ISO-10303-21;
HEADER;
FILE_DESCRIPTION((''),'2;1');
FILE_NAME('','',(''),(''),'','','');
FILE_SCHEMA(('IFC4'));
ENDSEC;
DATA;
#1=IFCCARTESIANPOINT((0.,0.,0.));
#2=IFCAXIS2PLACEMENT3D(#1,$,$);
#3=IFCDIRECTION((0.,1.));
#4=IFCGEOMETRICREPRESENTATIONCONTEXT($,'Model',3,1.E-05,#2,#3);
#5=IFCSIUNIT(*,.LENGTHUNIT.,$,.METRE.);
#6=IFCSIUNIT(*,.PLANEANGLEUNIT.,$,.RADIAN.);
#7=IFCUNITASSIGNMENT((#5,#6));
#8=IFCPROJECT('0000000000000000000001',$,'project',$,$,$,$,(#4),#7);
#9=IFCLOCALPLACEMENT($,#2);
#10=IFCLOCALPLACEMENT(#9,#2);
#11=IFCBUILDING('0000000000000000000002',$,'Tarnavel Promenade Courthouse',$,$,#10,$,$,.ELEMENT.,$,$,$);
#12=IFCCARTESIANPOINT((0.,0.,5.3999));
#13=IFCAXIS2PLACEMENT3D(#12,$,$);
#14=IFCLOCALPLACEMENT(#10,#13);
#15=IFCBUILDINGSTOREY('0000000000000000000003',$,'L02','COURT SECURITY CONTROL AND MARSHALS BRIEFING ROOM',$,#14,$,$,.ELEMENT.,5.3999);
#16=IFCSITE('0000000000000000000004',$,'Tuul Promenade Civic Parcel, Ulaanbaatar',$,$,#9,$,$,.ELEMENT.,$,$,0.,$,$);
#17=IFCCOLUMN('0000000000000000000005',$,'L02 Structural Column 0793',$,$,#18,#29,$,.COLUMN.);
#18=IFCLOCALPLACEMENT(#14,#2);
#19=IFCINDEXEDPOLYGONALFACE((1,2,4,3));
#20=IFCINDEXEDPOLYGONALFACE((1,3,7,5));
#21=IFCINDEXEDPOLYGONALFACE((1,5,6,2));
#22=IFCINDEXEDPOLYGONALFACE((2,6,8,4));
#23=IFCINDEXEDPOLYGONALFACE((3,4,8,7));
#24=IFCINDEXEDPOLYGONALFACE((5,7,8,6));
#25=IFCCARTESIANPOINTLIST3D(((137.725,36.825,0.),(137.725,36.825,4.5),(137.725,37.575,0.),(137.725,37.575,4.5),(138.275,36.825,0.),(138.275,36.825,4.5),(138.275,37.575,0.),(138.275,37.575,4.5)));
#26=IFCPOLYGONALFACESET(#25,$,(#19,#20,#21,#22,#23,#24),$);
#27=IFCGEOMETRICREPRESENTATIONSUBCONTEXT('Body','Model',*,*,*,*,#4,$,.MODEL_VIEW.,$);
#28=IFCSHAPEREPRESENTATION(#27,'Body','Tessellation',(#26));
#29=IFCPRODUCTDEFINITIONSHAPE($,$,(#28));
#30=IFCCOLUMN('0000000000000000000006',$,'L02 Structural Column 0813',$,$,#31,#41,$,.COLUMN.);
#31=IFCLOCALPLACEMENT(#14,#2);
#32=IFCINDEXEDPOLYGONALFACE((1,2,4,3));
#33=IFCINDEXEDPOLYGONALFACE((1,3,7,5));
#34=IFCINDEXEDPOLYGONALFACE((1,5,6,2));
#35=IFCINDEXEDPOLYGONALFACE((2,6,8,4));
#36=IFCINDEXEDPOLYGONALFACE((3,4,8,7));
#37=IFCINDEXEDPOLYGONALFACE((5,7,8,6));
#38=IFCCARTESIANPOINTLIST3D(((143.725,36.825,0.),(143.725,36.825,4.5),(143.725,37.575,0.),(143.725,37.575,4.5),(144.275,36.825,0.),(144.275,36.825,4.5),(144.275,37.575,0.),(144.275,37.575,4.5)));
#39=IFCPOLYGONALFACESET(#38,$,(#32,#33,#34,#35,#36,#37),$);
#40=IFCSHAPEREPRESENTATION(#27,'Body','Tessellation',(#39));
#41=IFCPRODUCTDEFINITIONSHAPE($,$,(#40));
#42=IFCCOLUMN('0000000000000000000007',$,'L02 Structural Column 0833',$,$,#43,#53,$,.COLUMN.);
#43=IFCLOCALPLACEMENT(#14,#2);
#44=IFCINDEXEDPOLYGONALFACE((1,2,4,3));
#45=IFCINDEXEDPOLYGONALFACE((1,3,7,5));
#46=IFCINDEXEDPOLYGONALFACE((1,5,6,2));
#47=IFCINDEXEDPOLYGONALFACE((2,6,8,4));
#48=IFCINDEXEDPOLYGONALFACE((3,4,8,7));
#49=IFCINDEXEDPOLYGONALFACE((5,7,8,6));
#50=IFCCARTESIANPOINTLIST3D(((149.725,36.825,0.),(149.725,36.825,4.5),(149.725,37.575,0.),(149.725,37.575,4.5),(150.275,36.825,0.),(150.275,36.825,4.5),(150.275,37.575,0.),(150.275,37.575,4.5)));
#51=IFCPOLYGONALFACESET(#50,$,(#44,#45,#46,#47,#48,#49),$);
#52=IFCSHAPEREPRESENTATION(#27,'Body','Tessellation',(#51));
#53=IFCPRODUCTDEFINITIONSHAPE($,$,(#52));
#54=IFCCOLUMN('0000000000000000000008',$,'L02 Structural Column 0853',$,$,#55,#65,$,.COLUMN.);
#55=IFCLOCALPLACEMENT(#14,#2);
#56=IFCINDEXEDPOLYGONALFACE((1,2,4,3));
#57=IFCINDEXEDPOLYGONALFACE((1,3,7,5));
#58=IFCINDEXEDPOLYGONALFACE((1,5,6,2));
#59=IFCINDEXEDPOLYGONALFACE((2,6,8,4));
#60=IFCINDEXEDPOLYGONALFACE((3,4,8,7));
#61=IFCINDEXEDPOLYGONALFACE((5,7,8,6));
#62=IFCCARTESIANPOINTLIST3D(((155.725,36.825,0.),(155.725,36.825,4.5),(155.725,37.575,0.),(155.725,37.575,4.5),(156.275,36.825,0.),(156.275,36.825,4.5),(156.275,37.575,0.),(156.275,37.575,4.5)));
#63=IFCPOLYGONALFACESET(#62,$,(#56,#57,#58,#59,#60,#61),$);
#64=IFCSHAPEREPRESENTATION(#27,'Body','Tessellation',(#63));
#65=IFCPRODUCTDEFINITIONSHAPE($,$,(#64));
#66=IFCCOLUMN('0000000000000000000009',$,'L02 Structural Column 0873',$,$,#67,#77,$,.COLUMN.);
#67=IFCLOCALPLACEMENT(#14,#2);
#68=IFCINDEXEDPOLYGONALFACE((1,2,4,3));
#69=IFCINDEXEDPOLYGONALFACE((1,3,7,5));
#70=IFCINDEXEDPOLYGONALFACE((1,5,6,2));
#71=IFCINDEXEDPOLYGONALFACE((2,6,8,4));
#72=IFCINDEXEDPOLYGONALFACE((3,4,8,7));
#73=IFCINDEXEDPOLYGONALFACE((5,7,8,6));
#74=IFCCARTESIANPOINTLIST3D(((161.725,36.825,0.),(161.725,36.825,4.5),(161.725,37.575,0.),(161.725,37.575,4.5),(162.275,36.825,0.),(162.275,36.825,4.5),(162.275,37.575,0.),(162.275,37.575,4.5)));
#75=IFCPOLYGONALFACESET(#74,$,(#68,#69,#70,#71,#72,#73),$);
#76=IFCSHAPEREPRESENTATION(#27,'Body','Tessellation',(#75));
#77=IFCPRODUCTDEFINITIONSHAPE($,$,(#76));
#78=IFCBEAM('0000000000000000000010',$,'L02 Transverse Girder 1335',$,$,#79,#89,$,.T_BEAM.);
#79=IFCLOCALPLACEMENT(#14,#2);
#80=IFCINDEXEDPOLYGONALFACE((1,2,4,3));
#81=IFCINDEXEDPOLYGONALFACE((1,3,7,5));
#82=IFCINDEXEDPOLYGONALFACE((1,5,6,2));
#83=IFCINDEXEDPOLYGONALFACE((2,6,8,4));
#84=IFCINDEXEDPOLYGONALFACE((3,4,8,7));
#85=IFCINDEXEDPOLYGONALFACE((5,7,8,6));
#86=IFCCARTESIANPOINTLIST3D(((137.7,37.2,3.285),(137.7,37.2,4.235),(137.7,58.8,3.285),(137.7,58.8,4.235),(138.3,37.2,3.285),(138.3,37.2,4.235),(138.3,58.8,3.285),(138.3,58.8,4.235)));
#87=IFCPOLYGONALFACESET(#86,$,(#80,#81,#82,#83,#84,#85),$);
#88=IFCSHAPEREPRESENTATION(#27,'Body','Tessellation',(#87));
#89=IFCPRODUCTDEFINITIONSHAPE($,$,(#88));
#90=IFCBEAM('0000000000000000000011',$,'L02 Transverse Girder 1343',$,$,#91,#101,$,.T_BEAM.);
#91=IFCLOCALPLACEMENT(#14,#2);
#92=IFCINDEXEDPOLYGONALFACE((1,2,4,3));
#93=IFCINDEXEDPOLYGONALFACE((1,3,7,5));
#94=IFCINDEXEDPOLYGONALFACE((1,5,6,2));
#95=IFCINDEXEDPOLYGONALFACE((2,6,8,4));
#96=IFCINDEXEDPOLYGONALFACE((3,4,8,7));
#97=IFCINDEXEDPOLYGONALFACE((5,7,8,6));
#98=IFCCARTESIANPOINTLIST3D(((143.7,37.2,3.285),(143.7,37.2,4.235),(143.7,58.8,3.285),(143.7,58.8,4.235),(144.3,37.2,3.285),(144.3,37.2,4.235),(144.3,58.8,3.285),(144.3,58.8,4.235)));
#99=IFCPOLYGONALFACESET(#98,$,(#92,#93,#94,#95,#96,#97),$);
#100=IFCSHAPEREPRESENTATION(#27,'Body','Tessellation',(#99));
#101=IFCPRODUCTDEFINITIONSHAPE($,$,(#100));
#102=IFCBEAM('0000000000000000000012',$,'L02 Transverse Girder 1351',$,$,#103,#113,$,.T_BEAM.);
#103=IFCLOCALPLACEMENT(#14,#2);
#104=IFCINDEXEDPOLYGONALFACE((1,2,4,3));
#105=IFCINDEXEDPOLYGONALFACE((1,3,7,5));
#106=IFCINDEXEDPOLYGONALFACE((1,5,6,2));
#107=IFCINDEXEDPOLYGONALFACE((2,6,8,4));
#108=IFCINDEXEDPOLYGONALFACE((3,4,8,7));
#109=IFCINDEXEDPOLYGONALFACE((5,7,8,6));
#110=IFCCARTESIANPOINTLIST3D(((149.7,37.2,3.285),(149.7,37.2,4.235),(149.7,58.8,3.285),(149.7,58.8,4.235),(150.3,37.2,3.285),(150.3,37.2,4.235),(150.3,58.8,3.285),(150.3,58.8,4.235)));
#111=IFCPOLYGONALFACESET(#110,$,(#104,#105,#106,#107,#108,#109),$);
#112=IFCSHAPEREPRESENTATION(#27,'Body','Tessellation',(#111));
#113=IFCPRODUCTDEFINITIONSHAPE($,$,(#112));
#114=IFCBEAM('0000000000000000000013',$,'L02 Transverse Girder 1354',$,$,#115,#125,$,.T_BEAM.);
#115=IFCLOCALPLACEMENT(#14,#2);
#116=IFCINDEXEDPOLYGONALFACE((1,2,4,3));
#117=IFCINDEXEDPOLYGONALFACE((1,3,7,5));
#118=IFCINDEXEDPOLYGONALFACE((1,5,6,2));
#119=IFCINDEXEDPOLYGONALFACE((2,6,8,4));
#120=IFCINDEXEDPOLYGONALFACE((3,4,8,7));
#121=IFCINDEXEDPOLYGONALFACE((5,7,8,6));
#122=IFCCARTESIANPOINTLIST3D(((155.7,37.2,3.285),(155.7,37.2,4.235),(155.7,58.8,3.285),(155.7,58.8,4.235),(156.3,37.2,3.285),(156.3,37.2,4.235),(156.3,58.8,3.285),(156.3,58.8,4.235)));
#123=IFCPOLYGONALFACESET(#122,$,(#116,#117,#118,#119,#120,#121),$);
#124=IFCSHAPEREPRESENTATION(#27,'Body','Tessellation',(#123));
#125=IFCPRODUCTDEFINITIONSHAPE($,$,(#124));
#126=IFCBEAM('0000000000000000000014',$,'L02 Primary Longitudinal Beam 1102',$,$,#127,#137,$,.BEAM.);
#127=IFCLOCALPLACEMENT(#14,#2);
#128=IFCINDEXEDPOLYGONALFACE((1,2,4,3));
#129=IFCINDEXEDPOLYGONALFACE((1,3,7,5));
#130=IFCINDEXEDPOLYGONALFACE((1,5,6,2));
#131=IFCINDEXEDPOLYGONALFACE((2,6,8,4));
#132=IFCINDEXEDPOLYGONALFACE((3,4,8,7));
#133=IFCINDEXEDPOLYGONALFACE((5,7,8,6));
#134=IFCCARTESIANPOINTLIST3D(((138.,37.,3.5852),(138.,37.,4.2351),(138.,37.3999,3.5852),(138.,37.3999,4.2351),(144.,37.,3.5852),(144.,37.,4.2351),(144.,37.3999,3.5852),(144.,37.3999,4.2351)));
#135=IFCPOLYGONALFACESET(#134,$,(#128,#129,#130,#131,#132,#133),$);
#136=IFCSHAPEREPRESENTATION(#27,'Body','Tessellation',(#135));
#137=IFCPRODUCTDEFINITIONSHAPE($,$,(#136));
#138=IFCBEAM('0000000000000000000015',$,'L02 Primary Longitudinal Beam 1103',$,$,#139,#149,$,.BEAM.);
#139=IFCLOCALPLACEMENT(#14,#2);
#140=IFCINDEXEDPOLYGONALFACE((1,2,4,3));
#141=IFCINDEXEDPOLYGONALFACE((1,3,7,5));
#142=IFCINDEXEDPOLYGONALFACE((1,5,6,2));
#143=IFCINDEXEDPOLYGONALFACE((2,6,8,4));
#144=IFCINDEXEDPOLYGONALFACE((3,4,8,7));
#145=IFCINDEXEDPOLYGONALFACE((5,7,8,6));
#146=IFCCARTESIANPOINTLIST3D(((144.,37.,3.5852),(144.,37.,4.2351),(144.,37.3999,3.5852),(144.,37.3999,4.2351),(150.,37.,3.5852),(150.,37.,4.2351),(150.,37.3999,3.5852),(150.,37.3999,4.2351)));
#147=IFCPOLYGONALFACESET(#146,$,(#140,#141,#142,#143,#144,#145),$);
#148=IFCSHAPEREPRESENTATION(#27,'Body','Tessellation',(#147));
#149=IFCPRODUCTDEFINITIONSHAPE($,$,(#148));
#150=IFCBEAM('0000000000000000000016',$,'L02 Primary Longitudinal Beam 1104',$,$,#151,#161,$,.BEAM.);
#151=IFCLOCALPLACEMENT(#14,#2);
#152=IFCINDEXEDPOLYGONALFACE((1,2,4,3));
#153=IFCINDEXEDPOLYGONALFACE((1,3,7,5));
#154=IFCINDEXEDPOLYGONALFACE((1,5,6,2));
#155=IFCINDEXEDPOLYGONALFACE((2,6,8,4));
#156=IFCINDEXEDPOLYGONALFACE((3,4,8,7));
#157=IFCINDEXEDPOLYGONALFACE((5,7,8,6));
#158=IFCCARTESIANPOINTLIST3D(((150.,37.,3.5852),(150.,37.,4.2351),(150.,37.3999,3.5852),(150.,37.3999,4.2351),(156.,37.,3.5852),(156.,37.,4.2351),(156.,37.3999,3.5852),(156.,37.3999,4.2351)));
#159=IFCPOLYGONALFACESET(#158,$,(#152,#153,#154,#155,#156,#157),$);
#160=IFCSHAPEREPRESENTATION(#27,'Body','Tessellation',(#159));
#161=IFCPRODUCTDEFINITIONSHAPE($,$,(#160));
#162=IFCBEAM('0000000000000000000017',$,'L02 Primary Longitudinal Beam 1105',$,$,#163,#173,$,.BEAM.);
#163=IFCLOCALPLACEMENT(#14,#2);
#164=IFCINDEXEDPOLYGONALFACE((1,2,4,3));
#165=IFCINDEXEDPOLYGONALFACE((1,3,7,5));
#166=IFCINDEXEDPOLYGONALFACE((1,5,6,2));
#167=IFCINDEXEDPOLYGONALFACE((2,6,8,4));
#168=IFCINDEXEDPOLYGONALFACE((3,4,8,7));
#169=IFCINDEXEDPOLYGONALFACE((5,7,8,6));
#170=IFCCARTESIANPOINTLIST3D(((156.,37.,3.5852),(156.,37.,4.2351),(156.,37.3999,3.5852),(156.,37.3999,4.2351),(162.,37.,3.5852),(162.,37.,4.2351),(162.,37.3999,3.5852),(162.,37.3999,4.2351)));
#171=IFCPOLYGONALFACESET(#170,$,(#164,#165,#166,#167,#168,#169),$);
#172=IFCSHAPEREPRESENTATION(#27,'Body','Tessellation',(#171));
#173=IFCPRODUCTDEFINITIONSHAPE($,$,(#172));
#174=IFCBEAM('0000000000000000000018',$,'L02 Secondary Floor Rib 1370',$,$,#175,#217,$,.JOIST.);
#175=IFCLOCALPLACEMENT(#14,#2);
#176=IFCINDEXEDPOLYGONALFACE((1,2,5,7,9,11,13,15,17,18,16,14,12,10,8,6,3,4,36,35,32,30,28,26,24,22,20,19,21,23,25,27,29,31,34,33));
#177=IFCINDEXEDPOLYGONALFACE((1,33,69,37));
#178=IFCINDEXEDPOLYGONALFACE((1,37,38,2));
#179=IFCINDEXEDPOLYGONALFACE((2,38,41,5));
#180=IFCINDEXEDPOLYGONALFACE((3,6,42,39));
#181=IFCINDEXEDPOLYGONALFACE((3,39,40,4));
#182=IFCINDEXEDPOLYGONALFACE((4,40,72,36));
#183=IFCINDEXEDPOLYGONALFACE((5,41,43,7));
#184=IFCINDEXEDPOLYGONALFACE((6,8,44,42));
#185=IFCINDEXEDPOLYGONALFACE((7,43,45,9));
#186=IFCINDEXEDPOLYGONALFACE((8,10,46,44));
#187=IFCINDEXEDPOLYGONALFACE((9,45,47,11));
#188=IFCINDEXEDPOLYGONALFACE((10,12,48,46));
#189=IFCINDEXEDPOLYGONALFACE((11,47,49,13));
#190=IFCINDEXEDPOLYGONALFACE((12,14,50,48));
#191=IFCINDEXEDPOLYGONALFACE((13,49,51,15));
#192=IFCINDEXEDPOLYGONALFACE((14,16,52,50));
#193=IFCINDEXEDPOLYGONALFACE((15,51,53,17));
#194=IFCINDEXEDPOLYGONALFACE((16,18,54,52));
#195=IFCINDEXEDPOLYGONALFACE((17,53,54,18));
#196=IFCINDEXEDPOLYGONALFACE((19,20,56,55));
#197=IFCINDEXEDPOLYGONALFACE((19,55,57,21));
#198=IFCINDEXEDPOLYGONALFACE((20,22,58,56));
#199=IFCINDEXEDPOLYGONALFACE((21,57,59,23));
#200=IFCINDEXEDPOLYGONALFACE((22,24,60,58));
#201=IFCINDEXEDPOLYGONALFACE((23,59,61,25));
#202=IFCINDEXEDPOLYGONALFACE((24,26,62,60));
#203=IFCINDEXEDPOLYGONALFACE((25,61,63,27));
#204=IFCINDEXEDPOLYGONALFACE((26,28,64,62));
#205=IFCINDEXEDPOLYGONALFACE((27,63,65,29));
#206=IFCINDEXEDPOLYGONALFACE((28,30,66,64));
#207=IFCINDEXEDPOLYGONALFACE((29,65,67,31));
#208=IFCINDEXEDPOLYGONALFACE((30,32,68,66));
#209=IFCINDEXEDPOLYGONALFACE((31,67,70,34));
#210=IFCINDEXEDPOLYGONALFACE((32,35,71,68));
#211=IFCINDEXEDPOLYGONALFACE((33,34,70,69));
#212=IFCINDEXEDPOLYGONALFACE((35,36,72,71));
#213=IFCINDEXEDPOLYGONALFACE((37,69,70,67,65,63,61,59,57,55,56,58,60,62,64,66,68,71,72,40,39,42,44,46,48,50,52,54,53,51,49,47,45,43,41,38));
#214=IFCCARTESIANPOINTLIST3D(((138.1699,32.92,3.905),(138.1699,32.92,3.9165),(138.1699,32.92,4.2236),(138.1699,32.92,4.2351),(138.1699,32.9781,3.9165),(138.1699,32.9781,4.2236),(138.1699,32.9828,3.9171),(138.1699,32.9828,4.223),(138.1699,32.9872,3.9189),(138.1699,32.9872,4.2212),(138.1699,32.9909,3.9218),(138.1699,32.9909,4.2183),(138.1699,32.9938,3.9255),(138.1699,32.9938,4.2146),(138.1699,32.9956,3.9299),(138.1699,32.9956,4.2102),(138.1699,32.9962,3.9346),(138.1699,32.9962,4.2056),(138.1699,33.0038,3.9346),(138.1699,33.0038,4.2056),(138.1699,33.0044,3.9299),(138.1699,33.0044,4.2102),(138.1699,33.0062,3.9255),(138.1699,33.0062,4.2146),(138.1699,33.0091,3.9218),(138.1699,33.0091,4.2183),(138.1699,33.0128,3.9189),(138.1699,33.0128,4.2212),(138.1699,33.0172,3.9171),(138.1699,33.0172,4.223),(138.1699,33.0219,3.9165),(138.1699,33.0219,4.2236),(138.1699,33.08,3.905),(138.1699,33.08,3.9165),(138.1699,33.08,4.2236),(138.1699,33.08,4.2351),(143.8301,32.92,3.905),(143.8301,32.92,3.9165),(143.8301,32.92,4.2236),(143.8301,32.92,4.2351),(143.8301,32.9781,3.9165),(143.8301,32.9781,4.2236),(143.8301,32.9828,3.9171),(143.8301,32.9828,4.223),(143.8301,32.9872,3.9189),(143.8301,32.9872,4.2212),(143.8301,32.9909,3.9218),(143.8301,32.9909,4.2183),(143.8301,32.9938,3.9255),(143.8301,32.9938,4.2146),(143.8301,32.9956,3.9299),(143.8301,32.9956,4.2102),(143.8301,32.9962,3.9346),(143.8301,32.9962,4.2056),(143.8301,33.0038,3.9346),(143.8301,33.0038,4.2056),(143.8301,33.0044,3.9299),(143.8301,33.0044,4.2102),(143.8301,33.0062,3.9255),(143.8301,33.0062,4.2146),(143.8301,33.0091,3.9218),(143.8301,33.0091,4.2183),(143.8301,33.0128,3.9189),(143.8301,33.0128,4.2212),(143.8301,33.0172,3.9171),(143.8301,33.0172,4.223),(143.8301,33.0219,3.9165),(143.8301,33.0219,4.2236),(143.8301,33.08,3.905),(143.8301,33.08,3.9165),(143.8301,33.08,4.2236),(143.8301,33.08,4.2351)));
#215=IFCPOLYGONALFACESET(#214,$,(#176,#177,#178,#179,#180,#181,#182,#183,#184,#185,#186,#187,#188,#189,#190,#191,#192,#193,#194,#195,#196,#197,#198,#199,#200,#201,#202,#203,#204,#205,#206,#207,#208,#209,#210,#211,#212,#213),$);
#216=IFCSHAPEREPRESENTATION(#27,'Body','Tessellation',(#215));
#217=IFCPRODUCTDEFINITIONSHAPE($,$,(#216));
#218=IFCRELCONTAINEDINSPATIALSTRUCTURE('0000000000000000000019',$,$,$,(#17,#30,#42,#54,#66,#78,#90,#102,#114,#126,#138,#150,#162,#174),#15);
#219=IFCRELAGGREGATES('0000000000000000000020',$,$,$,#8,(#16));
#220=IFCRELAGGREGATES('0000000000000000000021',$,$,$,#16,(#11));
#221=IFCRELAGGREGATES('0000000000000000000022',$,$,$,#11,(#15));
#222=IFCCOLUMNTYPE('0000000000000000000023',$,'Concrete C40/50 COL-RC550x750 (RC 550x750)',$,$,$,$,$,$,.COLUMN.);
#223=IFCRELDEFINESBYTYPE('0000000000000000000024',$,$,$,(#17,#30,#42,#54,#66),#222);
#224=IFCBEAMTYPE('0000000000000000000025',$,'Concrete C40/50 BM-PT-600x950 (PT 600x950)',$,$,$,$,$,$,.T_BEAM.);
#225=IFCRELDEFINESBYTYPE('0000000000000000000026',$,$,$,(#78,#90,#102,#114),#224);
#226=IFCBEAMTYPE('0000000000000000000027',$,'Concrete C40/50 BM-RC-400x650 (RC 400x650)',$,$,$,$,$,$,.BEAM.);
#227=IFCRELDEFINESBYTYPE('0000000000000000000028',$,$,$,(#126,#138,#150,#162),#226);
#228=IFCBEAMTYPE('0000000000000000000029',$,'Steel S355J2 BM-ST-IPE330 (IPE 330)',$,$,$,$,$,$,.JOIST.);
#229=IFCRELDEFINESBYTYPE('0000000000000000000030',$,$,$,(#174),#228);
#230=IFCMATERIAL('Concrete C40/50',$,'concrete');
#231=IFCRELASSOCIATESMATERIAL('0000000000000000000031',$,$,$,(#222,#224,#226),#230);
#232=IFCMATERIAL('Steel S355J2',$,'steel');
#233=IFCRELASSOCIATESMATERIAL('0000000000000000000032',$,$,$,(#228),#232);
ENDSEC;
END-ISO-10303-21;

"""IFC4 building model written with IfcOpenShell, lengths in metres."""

from ifc_helpers import new_model, si_unit, direction, frame, origin, origin_2d, place, context, subcontext, project, spatial, rectangle, i_section, extrude, material, material_profile, profile_set, type_object, element, save


model = new_model("IFC4")

# Units and contexts
model_context = context("Model", 3, precision=1e-05, world=origin(), true_north=direction((0.0, 1.0)))
body_context = subcontext(model_context, "Body", "Model", "MODEL_VIEW")
ifc_project = project(units=[si_unit("LENGTHUNIT", "METRE"), si_unit("PLANEANGLEUNIT", "RADIAN")], contexts=[model_context])

# Site, building, storey
site_placement = place(None, origin())
site = spatial("IfcSite", under=ifc_project, at=site_placement, Name="Tuul Promenade Civic Parcel, Ulaanbaatar", CompositionType="ELEMENT", RefElevation=0.0)
building_placement = place(site_placement, origin())
building = spatial("IfcBuilding", under=site, at=building_placement, Name="Tarnavel Promenade Courthouse", CompositionType="ELEMENT")
storey_placement = place(building_placement, frame((0.0, 0.0, 5.3999)))
storey = spatial("IfcBuildingStorey", under=building, at=storey_placement, Name="L02", Description="COURT SECURITY CONTROL AND MARSHALS BRIEFING ROOM", CompositionType="ELEMENT", Elevation=5.3999)

# Columns
ifc_material_1 = material(Name="Concrete C40/50", Category="concrete")
ifc_material_profile_1 = material_profile(ifc_material_1, rectangle(XDim=0.55, YDim=0.75, at=origin_2d()), Name="RC 550x750")
ifc_profile_set_1 = profile_set([ifc_material_profile_1], Name="Concrete C40/50")
column_type = type_object("IfcColumnType", Name="Concrete C40/50 COL-RC550x750 (RC 550x750)", PredefinedType="COLUMN", material=ifc_profile_set_1)
for number, where, z_axis, x_axis, name in (
    (1, (138.0, 37.2, 0.0), (0.0, 0.0, 1.0), (1.0, 0.0, 0.0), "L02 Structural Column 0793"),
    (2, (144.0, 37.2, 0.0), (0.0, 0.0, 1.0), (1.0, 0.0, 0.0), "L02 Structural Column 0813"),
    (3, (150.0, 37.2, 0.0), (0.0, 0.0, 1.0), (1.0, 0.0, 0.0), "L02 Structural Column 0833"),
    (4, (156.0, 37.2, 0.0), (0.0, 0.0, 1.0), (1.0, 0.0, 0.0), "L02 Structural Column 0853"),
    (5, (162.0, 37.2, 0.0), (0.0, 0.0, 1.0), (1.0, 0.0, 0.0), "L02 Structural Column 0873"),
):
    element("IfcColumn", number, at=place(storey_placement, frame(where, z_axis=z_axis, x_axis=x_axis)), inside=storey, type_object=column_type, Name=name, PredefinedType="COLUMN", context=body_context, shape_type="SweptSolid", body=[
        extrude(rectangle(XDim=0.55, YDim=0.75, at=origin_2d()), origin(), (0.0, 0.0, 1.0), 4.5),
    ])

# Beams
ifc_material_profile_2 = material_profile(ifc_material_1, rectangle(XDim=0.6001, YDim=0.95, at=origin_2d()), Name="PT 600x950")
ifc_profile_set_2 = profile_set([ifc_material_profile_2], Name="Concrete C40/50")
beam_type_1 = type_object("IfcBeamType", Name="Concrete C40/50 BM-PT-600x950 (PT 600x950)", PredefinedType="T_BEAM", material=ifc_profile_set_2)
for number, where, z_axis, x_axis, name in (
    (6, (138.0, 37.2, 3.76), (0.0, 1.0, 0.0), (-1.0, 0.0, 0.0), "L02 Transverse Girder 1335"),
    (7, (144.0, 37.2, 3.76), (0.0, 1.0, 0.0), (-1.0, 0.0, 0.0), "L02 Transverse Girder 1343"),
    (8, (150.0, 37.2, 3.76), (0.0, 1.0, 0.0), (-1.0, 0.0, 0.0), "L02 Transverse Girder 1351"),
    (9, (156.0, 37.2, 3.76), (0.0, 1.0, 0.0), (-1.0, 0.0, 0.0), "L02 Transverse Girder 1354"),
):
    element("IfcBeam", number, at=place(storey_placement, frame(where, z_axis=z_axis, x_axis=x_axis)), inside=storey, type_object=beam_type_1, Name=name, PredefinedType="T_BEAM", context=body_context, shape_type="SweptSolid", body=[
        extrude(rectangle(XDim=0.6001, YDim=0.95, at=origin_2d()), origin(), (0.0, 0.0, 1.0), 21.6001),
    ])
ifc_material_profile_3 = material_profile(ifc_material_1, rectangle(XDim=0.3999, YDim=0.6499, at=origin_2d()), Name="RC 400x650")
ifc_profile_set_3 = profile_set([ifc_material_profile_3], Name="Concrete C40/50")
beam_type_2 = type_object("IfcBeamType", Name="Concrete C40/50 BM-RC-400x650 (RC 400x650)", PredefinedType="BEAM", material=ifc_profile_set_3)
for number, where, z_axis, x_axis, name in (
    (10, (138.0, 37.2, 3.9102), (1.0, 0.0, 0.0), (0.0, 1.0, 0.0), "L02 Primary Longitudinal Beam 1102"),
    (11, (144.0, 37.2, 3.9102), (1.0, 0.0, 0.0), (0.0, 1.0, 0.0), "L02 Primary Longitudinal Beam 1103"),
    (12, (150.0, 37.2, 3.9102), (1.0, 0.0, 0.0), (0.0, 1.0, 0.0), "L02 Primary Longitudinal Beam 1104"),
    (13, (156.0, 37.2, 3.9102), (1.0, 0.0, 0.0), (0.0, 1.0, 0.0), "L02 Primary Longitudinal Beam 1105"),
):
    element("IfcBeam", number, at=place(storey_placement, frame(where, z_axis=z_axis, x_axis=x_axis)), inside=storey, type_object=beam_type_2, Name=name, PredefinedType="BEAM", context=body_context, shape_type="SweptSolid", body=[
        extrude(rectangle(XDim=0.3999, YDim=0.6499, at=origin_2d()), origin(), (0.0, 0.0, 1.0), 6.0),
    ])
ifc_material_2 = material(Name="Steel S355J2", Category="steel")
ifc_material_profile_4 = material_profile(ifc_material_2, i_section(OverallWidth=0.1599, OverallDepth=0.3301, WebThickness=0.0076, FlangeThickness=0.0115, FilletRadius=0.0181, at=origin_2d()), Name="IPE 330")
ifc_profile_set_4 = profile_set([ifc_material_profile_4], Name="Steel S355J2")
beam_type_3 = type_object("IfcBeamType", Name="Steel S355J2 BM-ST-IPE330 (IPE 330)", PredefinedType="JOIST", material=ifc_profile_set_4)
for number, where, z_axis, x_axis, name in (
    (14, (138.1699, 33.0, 4.0701), (1.0, 0.0, 0.0), (0.0, 1.0, 0.0), "L02 Secondary Floor Rib 1370"),
):
    element("IfcBeam", number, at=place(storey_placement, frame(where, z_axis=z_axis, x_axis=x_axis)), inside=storey, type_object=beam_type_3, Name=name, PredefinedType="JOIST", context=body_context, shape_type="SweptSolid", body=[
        extrude(i_section(OverallWidth=0.1599, OverallDepth=0.3301, WebThickness=0.0076, FlangeThickness=0.0115, FilletRadius=0.0181, at=origin_2d()), origin(), (0.0, 0.0, 1.0), 5.6602),
    ])

save(model, "model.ifc")
